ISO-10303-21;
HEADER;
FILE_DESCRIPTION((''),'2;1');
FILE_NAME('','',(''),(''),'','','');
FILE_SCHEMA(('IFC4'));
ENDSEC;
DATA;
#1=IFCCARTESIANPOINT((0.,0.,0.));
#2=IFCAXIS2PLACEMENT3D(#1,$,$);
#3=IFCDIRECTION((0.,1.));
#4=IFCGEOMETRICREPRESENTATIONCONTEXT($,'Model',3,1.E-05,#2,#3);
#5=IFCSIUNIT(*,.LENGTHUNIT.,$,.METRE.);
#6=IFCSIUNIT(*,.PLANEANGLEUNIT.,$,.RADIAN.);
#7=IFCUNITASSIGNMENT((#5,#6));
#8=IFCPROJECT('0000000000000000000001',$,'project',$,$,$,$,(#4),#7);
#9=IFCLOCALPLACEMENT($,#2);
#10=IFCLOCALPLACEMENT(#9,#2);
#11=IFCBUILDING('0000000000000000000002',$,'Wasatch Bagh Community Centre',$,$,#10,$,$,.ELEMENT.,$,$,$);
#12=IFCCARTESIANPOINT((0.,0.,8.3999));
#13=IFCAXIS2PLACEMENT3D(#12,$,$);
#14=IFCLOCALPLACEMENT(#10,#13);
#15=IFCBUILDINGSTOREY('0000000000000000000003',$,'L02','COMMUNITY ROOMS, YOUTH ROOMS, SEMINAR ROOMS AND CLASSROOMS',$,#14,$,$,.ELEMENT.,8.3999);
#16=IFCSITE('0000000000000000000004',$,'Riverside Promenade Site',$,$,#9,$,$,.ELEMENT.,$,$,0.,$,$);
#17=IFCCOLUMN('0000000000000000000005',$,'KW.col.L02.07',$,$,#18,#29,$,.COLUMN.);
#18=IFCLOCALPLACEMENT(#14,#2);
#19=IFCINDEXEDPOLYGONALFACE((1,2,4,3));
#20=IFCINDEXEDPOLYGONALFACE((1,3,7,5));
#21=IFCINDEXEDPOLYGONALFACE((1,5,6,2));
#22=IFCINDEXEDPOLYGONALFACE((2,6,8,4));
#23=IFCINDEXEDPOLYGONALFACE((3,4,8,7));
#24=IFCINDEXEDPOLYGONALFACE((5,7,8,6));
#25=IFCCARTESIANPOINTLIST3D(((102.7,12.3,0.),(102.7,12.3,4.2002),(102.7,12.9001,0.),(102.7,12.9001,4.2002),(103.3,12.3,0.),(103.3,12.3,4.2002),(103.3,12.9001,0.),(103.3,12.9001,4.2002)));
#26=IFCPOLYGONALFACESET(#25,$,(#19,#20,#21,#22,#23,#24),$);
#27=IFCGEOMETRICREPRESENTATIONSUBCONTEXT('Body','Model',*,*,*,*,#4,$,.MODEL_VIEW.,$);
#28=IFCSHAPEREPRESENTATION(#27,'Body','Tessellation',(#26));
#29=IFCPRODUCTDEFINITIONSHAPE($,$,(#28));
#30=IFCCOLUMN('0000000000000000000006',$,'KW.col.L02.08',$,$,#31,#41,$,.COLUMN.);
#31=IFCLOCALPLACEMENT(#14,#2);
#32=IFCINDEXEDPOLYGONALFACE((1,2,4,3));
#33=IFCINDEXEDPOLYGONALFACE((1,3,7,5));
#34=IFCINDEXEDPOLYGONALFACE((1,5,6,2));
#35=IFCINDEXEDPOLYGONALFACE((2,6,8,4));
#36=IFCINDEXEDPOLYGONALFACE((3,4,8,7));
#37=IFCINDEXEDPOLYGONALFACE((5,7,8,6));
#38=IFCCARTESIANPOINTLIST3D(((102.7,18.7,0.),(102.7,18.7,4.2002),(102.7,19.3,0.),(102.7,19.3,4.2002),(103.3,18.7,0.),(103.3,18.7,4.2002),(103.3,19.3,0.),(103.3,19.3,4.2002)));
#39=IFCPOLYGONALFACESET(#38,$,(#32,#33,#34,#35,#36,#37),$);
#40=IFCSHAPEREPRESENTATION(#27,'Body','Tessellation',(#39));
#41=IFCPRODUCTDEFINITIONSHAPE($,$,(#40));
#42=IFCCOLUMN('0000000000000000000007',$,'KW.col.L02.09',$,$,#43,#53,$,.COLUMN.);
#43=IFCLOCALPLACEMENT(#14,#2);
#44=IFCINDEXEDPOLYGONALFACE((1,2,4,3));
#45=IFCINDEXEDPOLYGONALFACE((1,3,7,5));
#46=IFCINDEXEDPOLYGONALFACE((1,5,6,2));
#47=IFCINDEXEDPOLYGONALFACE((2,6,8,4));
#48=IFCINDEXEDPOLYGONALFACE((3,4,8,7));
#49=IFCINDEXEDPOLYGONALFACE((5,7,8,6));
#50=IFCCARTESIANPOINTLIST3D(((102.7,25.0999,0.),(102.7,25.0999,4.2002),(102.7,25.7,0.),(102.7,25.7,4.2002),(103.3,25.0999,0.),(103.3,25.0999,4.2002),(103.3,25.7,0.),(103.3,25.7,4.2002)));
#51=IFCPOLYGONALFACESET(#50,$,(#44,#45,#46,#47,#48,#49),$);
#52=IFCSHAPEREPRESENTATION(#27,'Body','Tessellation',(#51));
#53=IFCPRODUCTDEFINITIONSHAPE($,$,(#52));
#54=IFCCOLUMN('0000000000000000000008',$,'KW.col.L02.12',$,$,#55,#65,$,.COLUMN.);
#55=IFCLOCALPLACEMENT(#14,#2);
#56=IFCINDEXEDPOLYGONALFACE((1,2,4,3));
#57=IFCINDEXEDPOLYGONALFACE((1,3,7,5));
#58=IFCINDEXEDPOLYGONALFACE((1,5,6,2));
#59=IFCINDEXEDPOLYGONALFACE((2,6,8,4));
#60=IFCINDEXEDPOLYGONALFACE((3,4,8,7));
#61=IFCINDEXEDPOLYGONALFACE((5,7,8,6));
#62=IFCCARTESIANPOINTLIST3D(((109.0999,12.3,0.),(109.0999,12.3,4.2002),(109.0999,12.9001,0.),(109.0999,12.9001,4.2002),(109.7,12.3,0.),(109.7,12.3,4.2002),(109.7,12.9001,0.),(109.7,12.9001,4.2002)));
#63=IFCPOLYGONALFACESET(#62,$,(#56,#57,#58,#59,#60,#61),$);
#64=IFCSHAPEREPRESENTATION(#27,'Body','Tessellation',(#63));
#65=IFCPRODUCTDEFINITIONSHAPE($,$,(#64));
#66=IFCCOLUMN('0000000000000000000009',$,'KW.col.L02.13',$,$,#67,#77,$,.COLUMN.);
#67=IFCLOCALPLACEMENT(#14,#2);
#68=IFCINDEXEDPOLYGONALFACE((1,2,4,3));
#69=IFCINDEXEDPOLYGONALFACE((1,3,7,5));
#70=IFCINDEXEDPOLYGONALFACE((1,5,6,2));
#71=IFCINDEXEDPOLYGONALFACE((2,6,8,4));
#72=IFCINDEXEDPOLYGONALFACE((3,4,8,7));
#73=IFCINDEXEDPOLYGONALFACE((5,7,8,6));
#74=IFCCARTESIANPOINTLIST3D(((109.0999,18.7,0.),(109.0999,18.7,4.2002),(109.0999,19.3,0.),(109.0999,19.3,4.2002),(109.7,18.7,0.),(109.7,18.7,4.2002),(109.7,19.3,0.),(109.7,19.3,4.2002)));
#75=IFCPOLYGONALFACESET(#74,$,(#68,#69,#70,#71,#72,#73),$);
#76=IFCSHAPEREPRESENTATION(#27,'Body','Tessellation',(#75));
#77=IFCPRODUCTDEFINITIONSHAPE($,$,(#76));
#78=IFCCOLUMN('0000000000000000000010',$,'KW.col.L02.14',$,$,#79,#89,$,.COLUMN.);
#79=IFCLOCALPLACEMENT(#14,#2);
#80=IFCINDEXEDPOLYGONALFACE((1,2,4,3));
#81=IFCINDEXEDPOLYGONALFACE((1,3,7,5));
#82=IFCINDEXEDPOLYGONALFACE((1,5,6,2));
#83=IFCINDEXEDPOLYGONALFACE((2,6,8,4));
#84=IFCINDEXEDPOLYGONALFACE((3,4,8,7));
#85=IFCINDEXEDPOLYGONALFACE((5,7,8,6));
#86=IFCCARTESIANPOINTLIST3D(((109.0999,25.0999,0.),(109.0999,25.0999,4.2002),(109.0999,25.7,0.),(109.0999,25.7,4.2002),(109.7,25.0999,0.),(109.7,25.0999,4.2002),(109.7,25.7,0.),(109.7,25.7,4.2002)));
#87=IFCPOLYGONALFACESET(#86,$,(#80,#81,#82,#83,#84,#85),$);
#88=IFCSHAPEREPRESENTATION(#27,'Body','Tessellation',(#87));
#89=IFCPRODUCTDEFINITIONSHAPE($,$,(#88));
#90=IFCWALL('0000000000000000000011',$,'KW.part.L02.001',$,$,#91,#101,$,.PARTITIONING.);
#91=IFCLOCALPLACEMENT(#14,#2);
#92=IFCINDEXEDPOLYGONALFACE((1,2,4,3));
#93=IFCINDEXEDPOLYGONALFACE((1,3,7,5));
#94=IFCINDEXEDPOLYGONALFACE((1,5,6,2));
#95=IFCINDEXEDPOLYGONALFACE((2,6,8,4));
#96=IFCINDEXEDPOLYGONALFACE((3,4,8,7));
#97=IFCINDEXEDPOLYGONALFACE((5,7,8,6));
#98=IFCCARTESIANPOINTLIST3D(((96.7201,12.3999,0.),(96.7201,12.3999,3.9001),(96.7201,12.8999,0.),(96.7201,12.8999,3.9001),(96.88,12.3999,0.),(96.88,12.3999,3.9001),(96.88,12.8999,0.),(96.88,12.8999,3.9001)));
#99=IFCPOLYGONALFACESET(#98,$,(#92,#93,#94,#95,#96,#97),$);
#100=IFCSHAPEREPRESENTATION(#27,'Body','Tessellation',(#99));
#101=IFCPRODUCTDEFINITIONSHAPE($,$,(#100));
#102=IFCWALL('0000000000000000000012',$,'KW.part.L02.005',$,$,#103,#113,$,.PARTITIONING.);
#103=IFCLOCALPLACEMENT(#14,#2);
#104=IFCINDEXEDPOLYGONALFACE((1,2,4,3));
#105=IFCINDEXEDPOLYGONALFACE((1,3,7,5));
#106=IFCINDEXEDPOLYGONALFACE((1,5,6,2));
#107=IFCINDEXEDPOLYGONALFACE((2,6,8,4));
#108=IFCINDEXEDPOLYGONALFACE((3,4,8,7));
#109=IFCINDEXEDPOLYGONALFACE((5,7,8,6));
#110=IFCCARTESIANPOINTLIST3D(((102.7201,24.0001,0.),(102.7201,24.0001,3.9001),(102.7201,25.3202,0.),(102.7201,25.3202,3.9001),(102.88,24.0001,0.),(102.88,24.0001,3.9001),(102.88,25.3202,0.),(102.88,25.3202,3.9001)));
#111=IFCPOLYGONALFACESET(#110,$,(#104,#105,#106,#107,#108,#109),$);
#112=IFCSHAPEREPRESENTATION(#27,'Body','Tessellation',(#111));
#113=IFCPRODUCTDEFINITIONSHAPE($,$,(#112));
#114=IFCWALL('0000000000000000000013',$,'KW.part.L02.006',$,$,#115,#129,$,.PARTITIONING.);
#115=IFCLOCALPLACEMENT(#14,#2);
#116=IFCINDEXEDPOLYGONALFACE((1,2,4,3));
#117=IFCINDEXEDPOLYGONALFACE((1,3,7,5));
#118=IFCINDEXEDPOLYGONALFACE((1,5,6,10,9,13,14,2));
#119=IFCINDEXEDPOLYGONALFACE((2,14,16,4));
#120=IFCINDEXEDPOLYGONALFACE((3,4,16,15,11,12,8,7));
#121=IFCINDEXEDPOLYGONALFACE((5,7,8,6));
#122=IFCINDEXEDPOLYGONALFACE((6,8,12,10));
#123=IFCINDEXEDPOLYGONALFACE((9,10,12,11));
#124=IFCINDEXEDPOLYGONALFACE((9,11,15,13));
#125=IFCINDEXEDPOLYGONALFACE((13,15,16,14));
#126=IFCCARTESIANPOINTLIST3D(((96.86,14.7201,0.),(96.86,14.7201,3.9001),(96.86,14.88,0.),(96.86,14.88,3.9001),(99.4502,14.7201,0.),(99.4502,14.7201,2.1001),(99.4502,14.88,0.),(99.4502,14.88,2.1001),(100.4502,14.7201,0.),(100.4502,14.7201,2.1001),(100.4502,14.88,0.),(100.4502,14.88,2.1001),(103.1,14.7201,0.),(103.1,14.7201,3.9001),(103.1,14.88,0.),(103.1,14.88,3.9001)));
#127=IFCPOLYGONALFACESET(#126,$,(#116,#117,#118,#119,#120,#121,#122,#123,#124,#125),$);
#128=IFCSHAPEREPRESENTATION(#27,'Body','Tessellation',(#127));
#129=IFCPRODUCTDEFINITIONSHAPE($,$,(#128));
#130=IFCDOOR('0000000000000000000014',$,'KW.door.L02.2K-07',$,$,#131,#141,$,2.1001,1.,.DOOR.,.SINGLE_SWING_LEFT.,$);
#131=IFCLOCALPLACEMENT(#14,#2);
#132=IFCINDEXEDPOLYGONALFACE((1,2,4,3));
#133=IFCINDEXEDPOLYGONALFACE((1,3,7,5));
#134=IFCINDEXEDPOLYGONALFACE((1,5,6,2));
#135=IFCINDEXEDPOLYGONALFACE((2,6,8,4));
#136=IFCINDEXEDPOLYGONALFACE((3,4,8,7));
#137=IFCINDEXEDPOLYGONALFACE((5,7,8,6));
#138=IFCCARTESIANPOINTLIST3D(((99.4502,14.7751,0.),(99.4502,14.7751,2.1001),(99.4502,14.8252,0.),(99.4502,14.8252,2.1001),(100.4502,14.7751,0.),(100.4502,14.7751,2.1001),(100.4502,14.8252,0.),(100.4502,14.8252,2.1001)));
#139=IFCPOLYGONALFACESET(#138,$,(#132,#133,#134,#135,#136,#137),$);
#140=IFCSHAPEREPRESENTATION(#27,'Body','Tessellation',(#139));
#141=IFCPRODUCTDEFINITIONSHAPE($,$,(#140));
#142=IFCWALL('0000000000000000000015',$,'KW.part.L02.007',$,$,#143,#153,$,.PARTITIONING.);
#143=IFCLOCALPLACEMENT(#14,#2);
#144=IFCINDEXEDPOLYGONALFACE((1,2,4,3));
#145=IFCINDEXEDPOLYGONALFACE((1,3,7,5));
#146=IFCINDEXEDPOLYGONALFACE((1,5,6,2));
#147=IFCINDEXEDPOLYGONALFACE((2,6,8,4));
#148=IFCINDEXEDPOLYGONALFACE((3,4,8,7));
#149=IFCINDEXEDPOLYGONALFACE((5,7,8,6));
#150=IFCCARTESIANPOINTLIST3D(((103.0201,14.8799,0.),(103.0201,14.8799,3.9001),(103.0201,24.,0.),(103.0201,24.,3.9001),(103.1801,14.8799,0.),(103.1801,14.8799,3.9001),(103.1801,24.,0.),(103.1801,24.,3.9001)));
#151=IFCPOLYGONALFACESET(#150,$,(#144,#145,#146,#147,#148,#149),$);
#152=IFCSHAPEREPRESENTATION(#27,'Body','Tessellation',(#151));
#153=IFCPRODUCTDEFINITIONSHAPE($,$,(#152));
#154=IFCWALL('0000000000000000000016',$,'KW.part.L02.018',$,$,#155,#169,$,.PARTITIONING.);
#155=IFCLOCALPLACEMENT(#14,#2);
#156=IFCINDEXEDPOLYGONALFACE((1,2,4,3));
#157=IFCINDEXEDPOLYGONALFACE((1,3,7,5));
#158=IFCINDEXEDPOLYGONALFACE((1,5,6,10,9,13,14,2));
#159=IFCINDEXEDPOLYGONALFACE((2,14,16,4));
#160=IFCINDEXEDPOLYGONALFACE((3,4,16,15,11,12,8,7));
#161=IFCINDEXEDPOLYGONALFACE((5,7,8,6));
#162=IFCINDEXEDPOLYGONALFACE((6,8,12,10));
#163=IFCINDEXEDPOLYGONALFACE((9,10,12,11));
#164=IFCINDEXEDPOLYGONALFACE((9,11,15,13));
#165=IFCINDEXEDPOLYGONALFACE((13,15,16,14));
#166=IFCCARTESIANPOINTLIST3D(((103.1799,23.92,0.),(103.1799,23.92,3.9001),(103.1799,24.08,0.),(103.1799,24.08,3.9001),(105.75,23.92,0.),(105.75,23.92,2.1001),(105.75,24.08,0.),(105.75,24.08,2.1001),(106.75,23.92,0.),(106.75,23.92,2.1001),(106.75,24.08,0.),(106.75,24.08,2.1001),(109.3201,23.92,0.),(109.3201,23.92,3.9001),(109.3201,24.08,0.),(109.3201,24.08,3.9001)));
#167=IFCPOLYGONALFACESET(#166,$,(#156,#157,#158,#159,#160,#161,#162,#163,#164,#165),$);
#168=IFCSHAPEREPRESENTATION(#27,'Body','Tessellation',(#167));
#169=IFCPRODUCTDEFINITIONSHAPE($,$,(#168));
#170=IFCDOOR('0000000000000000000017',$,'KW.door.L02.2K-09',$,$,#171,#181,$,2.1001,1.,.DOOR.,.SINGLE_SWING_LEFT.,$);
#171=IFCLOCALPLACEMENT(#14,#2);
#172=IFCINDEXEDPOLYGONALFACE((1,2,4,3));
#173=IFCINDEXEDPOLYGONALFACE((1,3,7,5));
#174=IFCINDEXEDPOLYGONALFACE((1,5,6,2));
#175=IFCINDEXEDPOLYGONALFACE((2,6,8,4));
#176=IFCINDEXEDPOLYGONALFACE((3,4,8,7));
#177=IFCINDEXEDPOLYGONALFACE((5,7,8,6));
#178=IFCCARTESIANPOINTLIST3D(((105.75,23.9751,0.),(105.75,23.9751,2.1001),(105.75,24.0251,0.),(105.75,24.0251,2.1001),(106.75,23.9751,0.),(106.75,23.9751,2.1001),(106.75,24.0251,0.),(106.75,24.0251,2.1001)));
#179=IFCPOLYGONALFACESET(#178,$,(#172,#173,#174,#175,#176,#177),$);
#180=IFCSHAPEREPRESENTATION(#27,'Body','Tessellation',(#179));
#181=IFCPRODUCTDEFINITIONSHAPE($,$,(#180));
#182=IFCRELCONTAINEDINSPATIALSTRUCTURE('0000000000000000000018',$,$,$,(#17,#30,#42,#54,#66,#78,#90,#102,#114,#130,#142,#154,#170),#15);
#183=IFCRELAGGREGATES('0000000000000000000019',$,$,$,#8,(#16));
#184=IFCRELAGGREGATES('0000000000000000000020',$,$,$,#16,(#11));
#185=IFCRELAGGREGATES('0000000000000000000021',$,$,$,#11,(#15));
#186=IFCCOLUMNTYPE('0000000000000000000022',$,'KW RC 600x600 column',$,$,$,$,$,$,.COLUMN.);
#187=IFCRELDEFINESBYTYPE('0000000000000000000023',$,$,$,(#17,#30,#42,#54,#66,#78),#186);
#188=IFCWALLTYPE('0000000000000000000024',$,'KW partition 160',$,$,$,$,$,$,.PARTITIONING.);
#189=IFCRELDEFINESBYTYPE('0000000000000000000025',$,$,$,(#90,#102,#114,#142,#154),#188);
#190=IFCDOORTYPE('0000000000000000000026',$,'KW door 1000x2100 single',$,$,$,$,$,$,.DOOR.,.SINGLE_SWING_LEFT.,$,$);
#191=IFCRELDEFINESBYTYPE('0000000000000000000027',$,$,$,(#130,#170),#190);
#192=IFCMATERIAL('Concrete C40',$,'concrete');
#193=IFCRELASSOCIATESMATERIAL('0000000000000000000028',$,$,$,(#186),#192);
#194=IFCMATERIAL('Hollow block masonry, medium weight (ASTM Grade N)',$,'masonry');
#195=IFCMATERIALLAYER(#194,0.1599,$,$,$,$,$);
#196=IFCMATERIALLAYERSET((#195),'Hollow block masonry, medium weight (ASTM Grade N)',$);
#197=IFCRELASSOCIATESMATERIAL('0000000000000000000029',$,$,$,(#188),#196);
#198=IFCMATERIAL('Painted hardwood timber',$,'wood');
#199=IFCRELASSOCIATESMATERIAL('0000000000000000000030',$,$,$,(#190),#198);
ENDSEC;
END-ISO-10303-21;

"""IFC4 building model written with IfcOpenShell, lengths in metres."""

from ifc_helpers import new_model, si_unit, direction, frame, frame_2d, origin, origin_2d, place, context, subcontext, project, spatial, rectangle, extrude, material, layer, layer_set, material_profile, profile_set, type_object, element, fill, save


model = new_model("IFC4")

# Units and contexts
model_context = context("Model", 3, precision=1e-05, world=origin(), true_north=direction((0.0, 1.0)))
body_context = subcontext(model_context, "Body", "Model", "MODEL_VIEW")
ifc_project = project(units=[si_unit("LENGTHUNIT", "METRE"), si_unit("PLANEANGLEUNIT", "RADIAN")], contexts=[model_context])

# Site, building, storey
site_placement = place(None, origin())
site = spatial("IfcSite", under=ifc_project, at=site_placement, Name="Riverside Promenade Site", CompositionType="ELEMENT", RefElevation=0.0)
building_placement = place(site_placement, origin())
building = spatial("IfcBuilding", under=site, at=building_placement, Name="Wasatch Bagh Community Centre", CompositionType="ELEMENT")
storey_placement = place(building_placement, frame((0.0, 0.0, 8.3999)))
storey = spatial("IfcBuildingStorey", under=building, at=storey_placement, Name="L02", Description="COMMUNITY ROOMS, YOUTH ROOMS, SEMINAR ROOMS AND CLASSROOMS", CompositionType="ELEMENT", Elevation=8.3999)

# Columns
ifc_material_1 = material(Name="Concrete C40", Category="concrete")
ifc_material_profile = material_profile(ifc_material_1, rectangle(XDim=0.6001, YDim=0.6001, at=origin_2d()), Name="RC 600x600")
ifc_profile_set = profile_set([ifc_material_profile], Name="Concrete C40")
column_type = type_object("IfcColumnType", Name="KW RC 600x600 column", PredefinedType="COLUMN", material=ifc_profile_set)
for number, where, z_axis, x_axis, name in (
    (1, (103.0, 12.6001, 0.0), (0.0, 0.0, 1.0), (1.0, 0.0, 0.0), "KW.col.L02.07"),
    (2, (103.0, 19.0, 0.0), (0.0, 0.0, 1.0), (1.0, 0.0, 0.0), "KW.col.L02.08"),
    (3, (103.0, 25.3999, 0.0), (0.0, 0.0, 1.0), (1.0, 0.0, 0.0), "KW.col.L02.09"),
    (4, (109.3999, 12.6001, 0.0), (0.0, 0.0, 1.0), (1.0, 0.0, 0.0), "KW.col.L02.12"),
    (5, (109.3999, 19.0, 0.0), (0.0, 0.0, 1.0), (1.0, 0.0, 0.0), "KW.col.L02.13"),
    (6, (109.3999, 25.3999, 0.0), (0.0, 0.0, 1.0), (1.0, 0.0, 0.0), "KW.col.L02.14"),
):
    element("IfcColumn", number, at=place(storey_placement, frame(where, z_axis=z_axis, x_axis=x_axis)), inside=storey, type_object=column_type, Name=name, PredefinedType="COLUMN", context=body_context, shape_type="SweptSolid", body=[
        extrude(rectangle(XDim=0.6001, YDim=0.6001, at=origin_2d()), origin(), (0.0, 0.0, 1.0), 4.2002),
    ])

# Walls
ifc_material_2 = material(Name="Hollow block masonry, medium weight (ASTM Grade N)", Category="masonry")
ifc_layer = layer(ifc_material_2, 0.1599)
ifc_layer_set = layer_set([ifc_layer], Name="Hollow block masonry, medium weight (ASTM Grade N)")
wall_type = type_object("IfcWallType", Name="KW partition 160", PredefinedType="PARTITIONING", material=ifc_layer_set)
wall_1_placement = place(storey_placement, frame((96.8, 12.8999, 0.0), z_axis=(0.0, 0.0, 1.0), x_axis=(0.0, -1.0, 0.0)))
element("IfcWall", 7, at=wall_1_placement, inside=storey, type_object=wall_type, Name="KW.part.L02.001", PredefinedType="PARTITIONING", context=body_context, shape_type="SweptSolid", body=[
    extrude(rectangle(XDim=0.5, YDim=0.1599, at=frame_2d((0.25, 0.0))), origin(), (0.0, 0.0, 1.0), 3.9001),
])
wall_2_placement = place(storey_placement, frame((102.8, 24.0, 0.0), z_axis=(0.0, 0.0, 1.0), x_axis=(0.0, 1.0, 0.0)))
element("IfcWall", 8, at=wall_2_placement, inside=storey, type_object=wall_type, Name="KW.part.L02.005", PredefinedType="PARTITIONING", context=body_context, shape_type="SweptSolid", body=[
    extrude(rectangle(XDim=1.3201, YDim=0.1599, at=frame_2d((0.6602, 0.0))), origin(), (0.0, 0.0, 1.0), 3.9001),
])

# Wall, opening, door
wall_3_placement = place(storey_placement, frame((103.1001, 14.8, 0.0), z_axis=(0.0, 0.0, 1.0), x_axis=(-1.0, 0.0, 0.0)))
wall_3 = element("IfcWall", 9, at=wall_3_placement, inside=storey, type_object=wall_type, Name="KW.part.L02.006", PredefinedType="PARTITIONING", context=body_context, shape_type="SweptSolid", body=[
    extrude(rectangle(XDim=6.24, YDim=0.1599, at=frame_2d((3.1201, 0.0))), origin(), (0.0, 0.0, 1.0), 3.9001),
])
opening_1_placement = place(wall_3_placement, frame((2.6499, 0.0, 0.0)))
opening_1 = element("IfcOpeningElement", 10, at=opening_1_placement, cuts=wall_3, PredefinedType="OPENING", context=body_context, shape_type="SweptSolid", body=[
    extrude(rectangle(XDim=1.0, YDim=2.1001, at=frame_2d((0.5, 1.05))), frame((0.0, 0.0898, 0.0), z_axis=(0.0, -1.0, 0.0), x_axis=(1.0, 0.0, 0.0)), (0.0, 0.0, 1.0), 0.1799),
])
ifc_material_3 = material(Name="Painted hardwood timber", Category="wood")
door_type = type_object("IfcDoorType", Name="KW door 1000x2100 single", OperationType="SINGLE_SWING_LEFT", PredefinedType="DOOR", material=ifc_material_3)
door_1_placement = place(opening_1_placement, origin())
door_1 = element("IfcDoor", 11, at=door_1_placement, inside=storey, type_object=door_type, Name="KW.door.L02.2K-07", OperationType="SINGLE_SWING_LEFT", OverallHeight=2.1001, OverallWidth=1.0, PredefinedType="DOOR", context=body_context, shape_type="SweptSolid", body=[
    extrude(rectangle(XDim=1.0, YDim=2.1001, at=frame_2d((0.5, 1.05))), frame((0.0, 0.0249, 0.0), z_axis=(0.0, -1.0, 0.0), x_axis=(1.0, 0.0, 0.0)), (0.0, 0.0, 1.0), 0.05),
])
fill(opening_1, door_1)

# Wall
wall_4_placement = place(storey_placement, frame((103.1001, 14.8799, 0.0), z_axis=(0.0, 0.0, 1.0), x_axis=(0.0, 1.0, 0.0)))
element("IfcWall", 12, at=wall_4_placement, inside=storey, type_object=wall_type, Name="KW.part.L02.007", PredefinedType="PARTITIONING", context=body_context, shape_type="SweptSolid", body=[
    extrude(rectangle(XDim=9.1201, YDim=0.1599, at=frame_2d((4.5601, 0.0))), origin(), (0.0, 0.0, 1.0), 3.9001),
])

# Wall, opening, door
wall_5_placement = place(storey_placement, frame((109.3201, 24.0, 0.0), z_axis=(0.0, 0.0, 1.0), x_axis=(-1.0, 0.0, 0.0)))
wall_5 = element("IfcWall", 13, at=wall_5_placement, inside=storey, type_object=wall_type, Name="KW.part.L02.018", PredefinedType="PARTITIONING", context=body_context, shape_type="SweptSolid", body=[
    extrude(rectangle(XDim=6.1401, YDim=0.1599, at=frame_2d((3.0701, 0.0))), origin(), (0.0, 0.0, 1.0), 3.9001),
])
opening_2_placement = place(wall_5_placement, frame((2.5701, 0.0, 0.0)))
opening_2 = element("IfcOpeningElement", 14, at=opening_2_placement, cuts=wall_5, PredefinedType="OPENING", context=body_context, shape_type="SweptSolid", body=[
    extrude(rectangle(XDim=1.0, YDim=2.1001, at=frame_2d((0.5, 1.05))), frame((0.0, 0.0898, 0.0), z_axis=(0.0, -1.0, 0.0), x_axis=(1.0, 0.0, 0.0)), (0.0, 0.0, 1.0), 0.1799),
])
door_2_placement = place(opening_2_placement, origin())
door_2 = element("IfcDoor", 15, at=door_2_placement, inside=storey, type_object=door_type, Name="KW.door.L02.2K-09", OperationType="SINGLE_SWING_LEFT", OverallHeight=2.1001, OverallWidth=1.0, PredefinedType="DOOR", context=body_context, shape_type="SweptSolid", body=[
    extrude(rectangle(XDim=1.0, YDim=2.1001, at=frame_2d((0.5, 1.05))), frame((0.0, 0.0249, 0.0), z_axis=(0.0, -1.0, 0.0), x_axis=(1.0, 0.0, 0.0)), (0.0, 0.0, 1.0), 0.05),
])
fill(opening_2, door_2)

save(model, "model.ifc")
